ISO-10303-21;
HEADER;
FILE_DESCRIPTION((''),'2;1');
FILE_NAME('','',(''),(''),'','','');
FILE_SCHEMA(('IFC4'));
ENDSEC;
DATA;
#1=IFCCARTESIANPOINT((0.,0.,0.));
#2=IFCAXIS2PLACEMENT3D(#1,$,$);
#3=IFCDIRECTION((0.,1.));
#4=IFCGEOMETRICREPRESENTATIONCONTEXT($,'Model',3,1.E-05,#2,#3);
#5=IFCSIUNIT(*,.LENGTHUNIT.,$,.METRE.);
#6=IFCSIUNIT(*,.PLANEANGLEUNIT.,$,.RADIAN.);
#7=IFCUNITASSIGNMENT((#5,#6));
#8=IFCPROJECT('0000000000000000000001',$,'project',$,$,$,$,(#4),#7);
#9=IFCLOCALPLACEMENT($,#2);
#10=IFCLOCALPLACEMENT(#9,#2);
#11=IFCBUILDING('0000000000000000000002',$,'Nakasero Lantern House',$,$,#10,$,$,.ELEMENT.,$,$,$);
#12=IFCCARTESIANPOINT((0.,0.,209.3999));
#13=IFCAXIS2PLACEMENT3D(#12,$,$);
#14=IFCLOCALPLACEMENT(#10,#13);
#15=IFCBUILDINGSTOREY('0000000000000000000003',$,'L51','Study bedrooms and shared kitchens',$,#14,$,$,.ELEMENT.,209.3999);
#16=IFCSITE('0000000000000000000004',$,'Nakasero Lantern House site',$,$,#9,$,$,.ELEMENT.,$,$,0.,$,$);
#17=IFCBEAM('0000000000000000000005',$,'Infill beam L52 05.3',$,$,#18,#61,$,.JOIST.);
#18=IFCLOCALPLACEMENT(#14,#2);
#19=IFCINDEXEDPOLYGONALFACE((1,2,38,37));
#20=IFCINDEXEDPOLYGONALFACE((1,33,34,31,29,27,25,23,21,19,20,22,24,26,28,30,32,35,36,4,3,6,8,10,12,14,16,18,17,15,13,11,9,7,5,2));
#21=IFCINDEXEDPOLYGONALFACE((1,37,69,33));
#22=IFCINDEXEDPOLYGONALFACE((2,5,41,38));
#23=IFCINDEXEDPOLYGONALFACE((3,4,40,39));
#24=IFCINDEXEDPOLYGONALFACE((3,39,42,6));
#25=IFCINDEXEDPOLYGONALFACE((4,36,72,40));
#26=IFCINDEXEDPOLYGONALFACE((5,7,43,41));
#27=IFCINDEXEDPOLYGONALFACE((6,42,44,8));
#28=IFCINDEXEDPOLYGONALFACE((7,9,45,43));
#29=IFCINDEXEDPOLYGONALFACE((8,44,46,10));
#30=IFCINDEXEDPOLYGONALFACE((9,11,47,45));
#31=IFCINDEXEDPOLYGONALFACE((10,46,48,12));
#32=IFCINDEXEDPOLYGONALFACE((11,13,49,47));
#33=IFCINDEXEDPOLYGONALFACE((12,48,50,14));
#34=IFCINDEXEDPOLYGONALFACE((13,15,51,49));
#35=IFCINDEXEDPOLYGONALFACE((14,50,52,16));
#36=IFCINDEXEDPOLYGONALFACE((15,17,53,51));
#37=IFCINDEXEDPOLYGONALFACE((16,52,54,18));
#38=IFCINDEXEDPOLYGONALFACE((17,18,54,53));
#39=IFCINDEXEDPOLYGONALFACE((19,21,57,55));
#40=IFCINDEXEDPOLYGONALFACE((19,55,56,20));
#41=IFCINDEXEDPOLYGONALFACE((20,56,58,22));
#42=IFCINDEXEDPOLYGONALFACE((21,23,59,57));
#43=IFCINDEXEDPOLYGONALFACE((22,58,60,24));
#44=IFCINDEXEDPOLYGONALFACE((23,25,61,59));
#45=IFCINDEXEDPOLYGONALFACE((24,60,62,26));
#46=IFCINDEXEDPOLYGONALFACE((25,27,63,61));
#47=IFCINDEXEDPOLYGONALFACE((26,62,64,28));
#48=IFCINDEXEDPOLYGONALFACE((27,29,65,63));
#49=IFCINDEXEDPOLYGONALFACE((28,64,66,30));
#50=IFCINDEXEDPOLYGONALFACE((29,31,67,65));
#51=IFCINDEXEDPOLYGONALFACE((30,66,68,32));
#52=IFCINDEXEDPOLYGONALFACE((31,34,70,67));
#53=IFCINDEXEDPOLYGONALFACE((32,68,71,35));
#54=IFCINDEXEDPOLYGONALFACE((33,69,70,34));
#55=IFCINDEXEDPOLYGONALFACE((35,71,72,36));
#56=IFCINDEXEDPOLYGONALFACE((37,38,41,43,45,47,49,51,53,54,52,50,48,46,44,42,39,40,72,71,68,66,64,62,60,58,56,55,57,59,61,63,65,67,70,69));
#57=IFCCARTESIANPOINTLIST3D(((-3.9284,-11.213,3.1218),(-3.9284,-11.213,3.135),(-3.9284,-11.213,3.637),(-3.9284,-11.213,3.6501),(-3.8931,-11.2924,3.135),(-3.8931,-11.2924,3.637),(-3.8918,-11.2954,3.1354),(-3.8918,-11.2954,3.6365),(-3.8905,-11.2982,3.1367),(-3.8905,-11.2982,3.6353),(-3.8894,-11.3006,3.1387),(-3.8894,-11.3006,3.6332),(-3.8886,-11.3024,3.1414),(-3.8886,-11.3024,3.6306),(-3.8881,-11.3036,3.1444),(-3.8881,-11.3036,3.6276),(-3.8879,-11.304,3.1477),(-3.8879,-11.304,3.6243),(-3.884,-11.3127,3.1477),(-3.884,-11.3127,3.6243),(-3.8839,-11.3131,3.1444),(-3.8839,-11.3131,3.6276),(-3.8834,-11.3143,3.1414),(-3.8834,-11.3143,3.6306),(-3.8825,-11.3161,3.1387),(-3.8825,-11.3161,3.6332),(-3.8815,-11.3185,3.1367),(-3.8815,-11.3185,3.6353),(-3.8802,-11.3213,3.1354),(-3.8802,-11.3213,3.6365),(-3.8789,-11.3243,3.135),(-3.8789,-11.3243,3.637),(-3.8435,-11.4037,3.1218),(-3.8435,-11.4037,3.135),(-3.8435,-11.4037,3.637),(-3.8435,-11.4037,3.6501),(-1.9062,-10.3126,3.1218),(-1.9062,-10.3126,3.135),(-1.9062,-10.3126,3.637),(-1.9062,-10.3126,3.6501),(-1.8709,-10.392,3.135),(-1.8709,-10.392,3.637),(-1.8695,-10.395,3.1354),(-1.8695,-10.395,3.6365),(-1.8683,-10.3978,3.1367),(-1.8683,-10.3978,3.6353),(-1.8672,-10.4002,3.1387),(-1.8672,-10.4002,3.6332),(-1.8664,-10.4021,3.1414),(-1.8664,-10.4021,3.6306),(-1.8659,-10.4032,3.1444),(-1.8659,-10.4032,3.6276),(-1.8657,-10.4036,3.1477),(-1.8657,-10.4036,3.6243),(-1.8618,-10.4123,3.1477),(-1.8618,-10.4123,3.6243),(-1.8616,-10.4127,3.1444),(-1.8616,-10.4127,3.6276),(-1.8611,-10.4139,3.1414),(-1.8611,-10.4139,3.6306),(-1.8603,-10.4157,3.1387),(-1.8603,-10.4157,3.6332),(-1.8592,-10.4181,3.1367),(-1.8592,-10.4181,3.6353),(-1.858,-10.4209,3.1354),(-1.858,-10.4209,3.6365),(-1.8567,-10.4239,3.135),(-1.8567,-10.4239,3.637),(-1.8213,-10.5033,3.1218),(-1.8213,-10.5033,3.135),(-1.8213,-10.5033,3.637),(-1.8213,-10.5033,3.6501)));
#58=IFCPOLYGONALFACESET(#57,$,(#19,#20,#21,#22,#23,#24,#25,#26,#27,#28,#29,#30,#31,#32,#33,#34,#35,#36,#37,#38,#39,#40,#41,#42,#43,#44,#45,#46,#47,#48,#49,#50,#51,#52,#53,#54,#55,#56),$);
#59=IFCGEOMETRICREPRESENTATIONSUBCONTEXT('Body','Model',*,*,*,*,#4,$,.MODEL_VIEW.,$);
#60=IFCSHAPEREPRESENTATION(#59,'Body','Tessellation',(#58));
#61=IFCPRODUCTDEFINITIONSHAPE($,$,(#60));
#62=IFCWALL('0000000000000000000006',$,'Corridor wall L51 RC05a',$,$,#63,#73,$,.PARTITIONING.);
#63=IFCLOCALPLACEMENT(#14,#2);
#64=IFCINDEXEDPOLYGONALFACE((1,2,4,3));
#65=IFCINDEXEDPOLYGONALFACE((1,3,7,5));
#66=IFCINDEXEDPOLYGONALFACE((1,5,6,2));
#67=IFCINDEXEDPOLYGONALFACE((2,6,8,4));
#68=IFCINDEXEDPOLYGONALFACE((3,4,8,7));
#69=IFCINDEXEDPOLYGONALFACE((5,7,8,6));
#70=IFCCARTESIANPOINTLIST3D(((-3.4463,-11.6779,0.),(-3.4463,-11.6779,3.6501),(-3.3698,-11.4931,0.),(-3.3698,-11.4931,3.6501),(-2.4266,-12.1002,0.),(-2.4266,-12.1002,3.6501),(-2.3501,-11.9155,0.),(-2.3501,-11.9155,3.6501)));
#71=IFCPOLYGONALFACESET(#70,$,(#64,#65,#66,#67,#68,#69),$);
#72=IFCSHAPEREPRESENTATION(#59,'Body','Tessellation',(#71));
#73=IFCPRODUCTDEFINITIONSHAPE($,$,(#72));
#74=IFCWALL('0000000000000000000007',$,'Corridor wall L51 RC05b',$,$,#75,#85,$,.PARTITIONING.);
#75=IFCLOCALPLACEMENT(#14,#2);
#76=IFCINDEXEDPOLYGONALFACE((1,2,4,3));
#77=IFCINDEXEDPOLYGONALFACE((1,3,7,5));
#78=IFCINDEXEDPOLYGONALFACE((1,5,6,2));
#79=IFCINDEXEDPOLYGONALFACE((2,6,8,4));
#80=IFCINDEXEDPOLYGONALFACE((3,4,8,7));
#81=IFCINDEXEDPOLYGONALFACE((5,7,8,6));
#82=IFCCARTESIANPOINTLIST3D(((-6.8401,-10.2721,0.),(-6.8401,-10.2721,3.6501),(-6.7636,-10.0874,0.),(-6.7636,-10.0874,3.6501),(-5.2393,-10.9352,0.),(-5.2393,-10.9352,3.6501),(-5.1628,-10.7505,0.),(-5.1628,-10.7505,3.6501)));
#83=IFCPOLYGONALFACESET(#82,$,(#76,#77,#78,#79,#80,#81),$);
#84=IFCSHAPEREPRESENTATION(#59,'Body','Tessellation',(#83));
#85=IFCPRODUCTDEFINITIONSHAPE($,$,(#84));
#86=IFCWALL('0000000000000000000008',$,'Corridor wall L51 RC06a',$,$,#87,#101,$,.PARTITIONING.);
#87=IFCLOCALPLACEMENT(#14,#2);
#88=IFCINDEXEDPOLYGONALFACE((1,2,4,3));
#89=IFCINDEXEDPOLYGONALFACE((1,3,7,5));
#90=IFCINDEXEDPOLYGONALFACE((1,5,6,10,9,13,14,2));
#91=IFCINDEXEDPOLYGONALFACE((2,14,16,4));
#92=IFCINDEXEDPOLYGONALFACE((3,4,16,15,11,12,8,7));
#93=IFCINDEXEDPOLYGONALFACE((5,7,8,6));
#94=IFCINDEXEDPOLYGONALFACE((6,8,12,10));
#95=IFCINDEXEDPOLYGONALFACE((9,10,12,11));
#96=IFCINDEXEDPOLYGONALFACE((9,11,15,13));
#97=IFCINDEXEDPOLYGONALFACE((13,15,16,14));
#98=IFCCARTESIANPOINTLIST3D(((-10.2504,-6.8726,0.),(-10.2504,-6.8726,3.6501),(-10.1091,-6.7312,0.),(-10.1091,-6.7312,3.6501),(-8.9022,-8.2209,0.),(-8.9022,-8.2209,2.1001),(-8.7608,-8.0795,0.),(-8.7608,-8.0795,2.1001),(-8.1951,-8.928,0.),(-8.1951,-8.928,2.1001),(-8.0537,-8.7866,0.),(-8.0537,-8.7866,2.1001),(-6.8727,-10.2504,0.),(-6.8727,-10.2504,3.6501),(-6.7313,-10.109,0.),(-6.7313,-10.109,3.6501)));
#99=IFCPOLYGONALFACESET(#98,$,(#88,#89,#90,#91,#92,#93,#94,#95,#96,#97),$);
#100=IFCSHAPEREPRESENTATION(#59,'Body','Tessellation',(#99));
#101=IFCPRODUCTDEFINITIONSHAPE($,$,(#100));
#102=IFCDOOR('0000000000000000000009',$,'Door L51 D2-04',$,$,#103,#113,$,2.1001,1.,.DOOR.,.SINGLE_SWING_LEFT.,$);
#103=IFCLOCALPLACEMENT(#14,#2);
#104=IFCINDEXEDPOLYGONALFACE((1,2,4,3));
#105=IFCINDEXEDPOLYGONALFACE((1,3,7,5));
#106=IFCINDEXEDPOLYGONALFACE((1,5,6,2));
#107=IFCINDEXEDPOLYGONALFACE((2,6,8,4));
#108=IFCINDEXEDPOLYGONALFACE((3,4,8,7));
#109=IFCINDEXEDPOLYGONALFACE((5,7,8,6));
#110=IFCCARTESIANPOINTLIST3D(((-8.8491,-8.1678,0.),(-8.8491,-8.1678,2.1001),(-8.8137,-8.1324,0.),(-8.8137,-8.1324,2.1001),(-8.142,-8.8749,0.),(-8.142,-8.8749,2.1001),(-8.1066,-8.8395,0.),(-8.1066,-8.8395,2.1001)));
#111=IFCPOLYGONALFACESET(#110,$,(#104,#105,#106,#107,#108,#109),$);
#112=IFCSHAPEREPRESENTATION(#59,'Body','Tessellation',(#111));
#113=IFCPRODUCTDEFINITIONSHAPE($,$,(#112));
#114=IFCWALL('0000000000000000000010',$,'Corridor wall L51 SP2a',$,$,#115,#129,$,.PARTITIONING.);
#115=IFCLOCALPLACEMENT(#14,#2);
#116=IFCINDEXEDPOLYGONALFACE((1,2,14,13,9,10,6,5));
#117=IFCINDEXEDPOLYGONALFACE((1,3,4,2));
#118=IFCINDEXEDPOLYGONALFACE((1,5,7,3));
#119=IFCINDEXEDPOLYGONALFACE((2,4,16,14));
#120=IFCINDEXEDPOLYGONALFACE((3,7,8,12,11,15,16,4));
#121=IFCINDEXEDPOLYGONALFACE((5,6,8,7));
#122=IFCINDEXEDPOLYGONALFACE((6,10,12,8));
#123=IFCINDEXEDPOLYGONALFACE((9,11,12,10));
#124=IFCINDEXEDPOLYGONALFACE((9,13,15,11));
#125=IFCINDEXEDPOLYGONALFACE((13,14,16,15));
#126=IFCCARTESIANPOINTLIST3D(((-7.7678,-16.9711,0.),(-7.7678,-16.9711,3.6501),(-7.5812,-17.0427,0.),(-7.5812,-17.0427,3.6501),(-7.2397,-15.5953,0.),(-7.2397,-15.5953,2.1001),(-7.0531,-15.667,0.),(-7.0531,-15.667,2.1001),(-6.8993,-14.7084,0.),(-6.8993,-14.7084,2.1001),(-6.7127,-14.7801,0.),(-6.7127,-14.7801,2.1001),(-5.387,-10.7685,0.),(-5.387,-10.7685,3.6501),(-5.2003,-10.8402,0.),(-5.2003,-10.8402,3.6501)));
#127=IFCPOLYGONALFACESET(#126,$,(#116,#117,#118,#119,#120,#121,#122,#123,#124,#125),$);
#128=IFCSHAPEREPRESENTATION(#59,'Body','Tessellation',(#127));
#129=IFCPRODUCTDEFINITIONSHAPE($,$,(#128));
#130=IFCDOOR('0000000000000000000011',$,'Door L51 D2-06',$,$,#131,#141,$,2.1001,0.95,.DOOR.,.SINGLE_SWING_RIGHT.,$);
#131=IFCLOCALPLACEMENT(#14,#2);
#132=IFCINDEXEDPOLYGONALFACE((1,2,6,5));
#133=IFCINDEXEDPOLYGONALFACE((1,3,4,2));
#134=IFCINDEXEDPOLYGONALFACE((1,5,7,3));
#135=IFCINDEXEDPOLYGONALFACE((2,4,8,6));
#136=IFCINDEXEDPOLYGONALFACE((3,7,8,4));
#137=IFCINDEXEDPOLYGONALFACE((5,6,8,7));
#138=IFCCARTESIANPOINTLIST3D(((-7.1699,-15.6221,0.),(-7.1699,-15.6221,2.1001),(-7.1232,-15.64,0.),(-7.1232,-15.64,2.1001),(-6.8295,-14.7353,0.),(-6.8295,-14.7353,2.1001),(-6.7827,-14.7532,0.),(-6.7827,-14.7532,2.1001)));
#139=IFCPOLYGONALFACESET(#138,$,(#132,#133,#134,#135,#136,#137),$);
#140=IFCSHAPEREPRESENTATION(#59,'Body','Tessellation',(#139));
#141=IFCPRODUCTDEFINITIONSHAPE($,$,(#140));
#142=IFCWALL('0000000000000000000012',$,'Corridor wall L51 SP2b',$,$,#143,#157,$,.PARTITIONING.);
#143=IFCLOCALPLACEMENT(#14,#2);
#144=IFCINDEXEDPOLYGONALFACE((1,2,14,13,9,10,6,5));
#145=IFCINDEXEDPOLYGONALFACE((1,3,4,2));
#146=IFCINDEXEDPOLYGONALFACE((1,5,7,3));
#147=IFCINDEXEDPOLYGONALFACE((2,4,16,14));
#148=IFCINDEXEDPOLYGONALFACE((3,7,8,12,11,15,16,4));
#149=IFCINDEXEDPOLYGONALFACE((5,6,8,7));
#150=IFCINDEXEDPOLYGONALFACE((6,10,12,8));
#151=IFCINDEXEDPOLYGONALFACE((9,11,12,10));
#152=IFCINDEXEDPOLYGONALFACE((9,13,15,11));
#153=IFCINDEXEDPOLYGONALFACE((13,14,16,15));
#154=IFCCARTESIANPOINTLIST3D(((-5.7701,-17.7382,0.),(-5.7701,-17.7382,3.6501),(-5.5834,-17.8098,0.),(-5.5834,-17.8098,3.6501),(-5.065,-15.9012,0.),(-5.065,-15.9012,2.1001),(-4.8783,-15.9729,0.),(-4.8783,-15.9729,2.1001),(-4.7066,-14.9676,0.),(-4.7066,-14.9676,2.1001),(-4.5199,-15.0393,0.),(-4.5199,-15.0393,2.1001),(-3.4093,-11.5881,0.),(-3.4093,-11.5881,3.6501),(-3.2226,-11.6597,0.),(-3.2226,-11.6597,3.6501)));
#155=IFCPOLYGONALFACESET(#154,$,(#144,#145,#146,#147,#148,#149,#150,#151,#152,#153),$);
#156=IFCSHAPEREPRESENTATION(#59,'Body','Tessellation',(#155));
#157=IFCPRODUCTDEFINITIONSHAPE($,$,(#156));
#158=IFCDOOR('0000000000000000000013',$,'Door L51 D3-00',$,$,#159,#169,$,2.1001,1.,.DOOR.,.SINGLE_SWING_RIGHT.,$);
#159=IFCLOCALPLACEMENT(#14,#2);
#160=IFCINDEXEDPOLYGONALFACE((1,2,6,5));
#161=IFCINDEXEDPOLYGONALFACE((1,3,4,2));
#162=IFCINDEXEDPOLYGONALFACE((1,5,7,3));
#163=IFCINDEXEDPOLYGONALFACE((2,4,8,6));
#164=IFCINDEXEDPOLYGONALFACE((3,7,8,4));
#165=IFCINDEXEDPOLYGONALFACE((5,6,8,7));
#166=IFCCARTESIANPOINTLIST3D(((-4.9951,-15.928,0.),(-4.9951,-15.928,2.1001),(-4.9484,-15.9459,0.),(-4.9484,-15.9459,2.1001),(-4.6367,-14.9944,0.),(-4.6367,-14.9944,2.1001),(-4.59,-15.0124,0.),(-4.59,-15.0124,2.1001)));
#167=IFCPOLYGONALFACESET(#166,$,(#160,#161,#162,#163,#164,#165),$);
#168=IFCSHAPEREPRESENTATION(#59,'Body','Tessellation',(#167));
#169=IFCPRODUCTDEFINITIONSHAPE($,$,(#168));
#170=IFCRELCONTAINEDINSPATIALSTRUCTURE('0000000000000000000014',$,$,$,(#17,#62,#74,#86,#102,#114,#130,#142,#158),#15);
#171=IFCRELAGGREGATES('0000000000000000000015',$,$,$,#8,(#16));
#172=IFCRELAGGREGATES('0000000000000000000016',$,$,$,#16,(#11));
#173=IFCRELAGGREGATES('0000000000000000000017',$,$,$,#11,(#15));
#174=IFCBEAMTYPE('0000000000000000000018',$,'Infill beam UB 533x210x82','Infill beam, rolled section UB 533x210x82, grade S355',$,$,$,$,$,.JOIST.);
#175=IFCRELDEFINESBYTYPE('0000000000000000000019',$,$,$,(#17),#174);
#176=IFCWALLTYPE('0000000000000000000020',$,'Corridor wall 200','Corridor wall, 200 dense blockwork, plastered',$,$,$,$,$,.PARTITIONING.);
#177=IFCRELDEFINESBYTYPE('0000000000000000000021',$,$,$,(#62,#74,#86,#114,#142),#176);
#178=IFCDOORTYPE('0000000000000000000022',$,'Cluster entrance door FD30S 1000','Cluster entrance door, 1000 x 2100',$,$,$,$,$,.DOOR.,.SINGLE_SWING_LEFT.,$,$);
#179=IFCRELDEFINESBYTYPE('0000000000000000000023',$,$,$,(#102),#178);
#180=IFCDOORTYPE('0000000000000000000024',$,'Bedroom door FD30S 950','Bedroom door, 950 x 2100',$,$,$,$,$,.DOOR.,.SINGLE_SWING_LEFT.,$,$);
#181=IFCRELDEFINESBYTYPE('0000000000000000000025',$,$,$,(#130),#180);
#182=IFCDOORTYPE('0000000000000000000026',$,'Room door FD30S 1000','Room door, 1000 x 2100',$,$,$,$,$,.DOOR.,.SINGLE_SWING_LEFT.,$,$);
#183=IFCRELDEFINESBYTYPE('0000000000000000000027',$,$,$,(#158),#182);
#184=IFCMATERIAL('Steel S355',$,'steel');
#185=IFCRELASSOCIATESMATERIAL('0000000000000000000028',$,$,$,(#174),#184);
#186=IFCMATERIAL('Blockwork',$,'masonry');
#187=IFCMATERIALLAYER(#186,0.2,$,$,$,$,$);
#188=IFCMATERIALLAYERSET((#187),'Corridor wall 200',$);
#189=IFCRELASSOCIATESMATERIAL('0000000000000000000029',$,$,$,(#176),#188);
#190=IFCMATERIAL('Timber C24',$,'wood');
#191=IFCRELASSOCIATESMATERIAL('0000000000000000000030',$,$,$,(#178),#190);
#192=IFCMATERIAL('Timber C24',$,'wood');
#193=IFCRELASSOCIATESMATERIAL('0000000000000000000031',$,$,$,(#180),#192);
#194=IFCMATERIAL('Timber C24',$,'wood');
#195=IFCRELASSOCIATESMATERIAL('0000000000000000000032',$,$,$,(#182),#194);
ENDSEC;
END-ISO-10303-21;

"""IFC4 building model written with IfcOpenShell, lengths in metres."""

from ifc_helpers import new_model, si_unit, direction, frame, frame_2d, origin, origin_2d, place, context, subcontext, project, spatial, rectangle, i_section, extrude, material, layer, layer_set, material_profile, profile_set, type_object, element, fill, save


model = new_model("IFC4")

# Units and contexts
model_context = context("Model", 3, precision=1e-05, world=origin(), true_north=direction((0.0, 1.0)))
body_context = subcontext(model_context, "Body", "Model", "MODEL_VIEW")
ifc_project = project(units=[si_unit("LENGTHUNIT", "METRE"), si_unit("PLANEANGLEUNIT", "RADIAN")], contexts=[model_context])

# Site, building, storey
site_placement = place(None, origin())
site = spatial("IfcSite", under=ifc_project, at=site_placement, Name="Nakasero Lantern House site", CompositionType="ELEMENT", RefElevation=0.0)
building_placement = place(site_placement, origin())
building = spatial("IfcBuilding", under=site, at=building_placement, Name="Nakasero Lantern House", CompositionType="ELEMENT")
storey_placement = place(building_placement, frame((0.0, 0.0, 209.3999)))
storey = spatial("IfcBuildingStorey", under=building, at=storey_placement, Name="L51", Description="Study bedrooms and shared kitchens", CompositionType="ELEMENT", Elevation=209.3999)

# Beam
ifc_material_1 = material(Name="Steel S355", Category="steel")
ifc_material_profile = material_profile(ifc_material_1, i_section(OverallWidth=0.2087, OverallDepth=0.5283, WebThickness=0.0095, FlangeThickness=0.0132, FilletRadius=0.0127, at=origin_2d()), Name="UB 533x210x82")
ifc_profile_set = profile_set([ifc_material_profile], Name="Steel S355")
beam_type = type_object("IfcBeamType", Name="Infill beam UB 533x210x82", Description="Infill beam, rolled section UB 533x210x82, grade S355", PredefinedType="JOIST", material=ifc_profile_set)
beam_placement = place(storey_placement, frame((-3.886, -11.3083, 3.386), z_axis=(0.913538, 0.406752, 0.0), x_axis=(-0.406752, 0.913538, 0.0)))
element("IfcBeam", 1, at=beam_placement, inside=storey, type_object=beam_type, Name="Infill beam L52 05.3", PredefinedType="JOIST", context=body_context, shape_type="SweptSolid", body=[
    extrude(i_section(OverallWidth=0.2087, OverallDepth=0.5283, WebThickness=0.0095, FlangeThickness=0.0132, FilletRadius=0.0127, at=origin_2d()), origin(), (0.0, 0.0, 1.0), 2.2136),
])

# Walls
ifc_material_2 = material(Name="Blockwork", Category="masonry")
ifc_layer_1 = layer(ifc_material_2, 0.2)
ifc_layer_set_1 = layer_set([ifc_layer_1], Name="Corridor wall 200")
wall_type_1 = type_object("IfcWallType", Name="Corridor wall 200", Description="Corridor wall, 200 dense blockwork, plastered", PredefinedType="PARTITIONING", material=ifc_layer_set_1)
wall_1_placement = place(storey_placement, frame((-2.3884, -12.0078, 0.0), z_axis=(0.0, 0.0, 1.0), x_axis=(-0.923893, 0.382651, 0.0)))
element("IfcWall", 2, at=wall_1_placement, inside=storey, type_object=wall_type_1, Name="Corridor wall L51 RC05a", PredefinedType="PARTITIONING", context=body_context, shape_type="SweptSolid", body=[
    extrude(rectangle(XDim=1.1038, YDim=0.2, at=frame_2d((0.5518, 0.0))), origin(), (0.0, 0.0, 1.0), 3.6501),
])
wall_2_placement = place(storey_placement, frame((-5.2012, -10.8428, 0.0), z_axis=(0.0, 0.0, 1.0), x_axis=(-0.923879, 0.382684, 0.0)))
element("IfcWall", 3, at=wall_2_placement, inside=storey, type_object=wall_type_1, Name="Corridor wall L51 RC05b", PredefinedType="PARTITIONING", context=body_context, shape_type="SweptSolid", body=[
    extrude(rectangle(XDim=1.7327, YDim=0.2, at=frame_2d((0.8662, 0.0))), origin(), (0.0, 0.0, 1.0), 3.6501),
])

# Walls, openings, doors
wall_3_placement = place(storey_placement, frame((-6.802, -10.1797, 0.0), z_axis=(0.0, 0.0, 1.0), x_axis=(-0.707107, 0.707107, 0.0)))
wall_3 = element("IfcWall", 4, at=wall_3_placement, inside=storey, type_object=wall_type_1, Name="Corridor wall L51 RC06a", PredefinedType="PARTITIONING", context=body_context, shape_type="SweptSolid", body=[
    extrude(rectangle(XDim=4.7769, YDim=0.2, at=frame_2d((2.3884, 0.0))), origin(), (0.0, 0.0, 1.0), 3.6501),
])
opening_1_placement = place(wall_3_placement, frame((1.8701, 0.0, 0.0)))
opening_1 = element("IfcOpeningElement", 5, at=opening_1_placement, cuts=wall_3, PredefinedType="OPENING", context=body_context, shape_type="SweptSolid", body=[
    extrude(rectangle(XDim=1.0, YDim=2.1001, at=frame_2d((0.5, 1.05))), frame((0.0, 0.1199, 0.0), z_axis=(0.0, -1.0, 0.0), x_axis=(1.0, 0.0, 0.0)), (0.0, 0.0, 1.0), 0.24),
])
ifc_material_3 = material(Name="Timber C24", Category="wood")
door_type_1 = type_object("IfcDoorType", Name="Cluster entrance door FD30S 1000", Description="Cluster entrance door, 1000 x 2100", OperationType="SINGLE_SWING_LEFT", PredefinedType="DOOR", material=ifc_material_3)
door_1_placement = place(opening_1_placement, origin())
door_1 = element("IfcDoor", 6, at=door_1_placement, inside=storey, type_object=door_type_1, Name="Door L51 D2-04", OperationType="SINGLE_SWING_LEFT", OverallHeight=2.1001, OverallWidth=1.0, PredefinedType="DOOR", context=body_context, shape_type="SweptSolid", body=[
    extrude(rectangle(XDim=1.0, YDim=2.1001, at=frame_2d((0.5, 1.05))), frame((0.0, 0.0249, 0.0), z_axis=(0.0, -1.0, 0.0), x_axis=(1.0, 0.0, 0.0)), (0.0, 0.0, 1.0), 0.05),
])
fill(opening_1, door_1)
wall_4_placement = place(storey_placement, frame((-5.2937, -10.8044, 0.0), z_axis=(0.0, 0.0, 1.0), x_axis=(-0.358354, -0.933586, 0.0)))
wall_4 = element("IfcWall", 7, at=wall_4_placement, inside=storey, type_object=wall_type_1, Name="Corridor wall L51 SP2a", PredefinedType="PARTITIONING", context=body_context, shape_type="SweptSolid", body=[
    extrude(rectangle(XDim=6.6438, YDim=0.2, at=frame_2d((3.3218, 0.0))), origin(), (0.0, 0.0, 1.0), 3.6501),
])
opening_2_placement = place(wall_4_placement, frame((4.22, 0.0, 0.0)))
opening_2 = element("IfcOpeningElement", 8, at=opening_2_placement, cuts=wall_4, PredefinedType="OPENING", context=body_context, shape_type="SweptSolid", body=[
    extrude(rectangle(XDim=0.95, YDim=2.1001, at=frame_2d((0.4751, 1.05))), frame((0.0, 0.1199, 0.0), z_axis=(0.0, -1.0, 0.0), x_axis=(1.0, 0.0, 0.0)), (0.0, 0.0, 1.0), 0.24),
])
ifc_material_4 = material(Name="Timber C24", Category="wood")
door_type_2 = type_object("IfcDoorType", Name="Bedroom door FD30S 950", Description="Bedroom door, 950 x 2100", OperationType="SINGLE_SWING_LEFT", PredefinedType="DOOR", material=ifc_material_4)
door_2_placement = place(opening_2_placement, origin())
door_2 = element("IfcDoor", 9, at=door_2_placement, inside=storey, type_object=door_type_2, Name="Door L51 D2-06", OperationType="SINGLE_SWING_RIGHT", OverallHeight=2.1001, OverallWidth=0.95, PredefinedType="DOOR", context=body_context, shape_type="SweptSolid", body=[
    extrude(rectangle(XDim=0.95, YDim=2.1001, at=frame_2d((0.4751, 1.05))), frame((0.0, 0.0249, 0.0), z_axis=(0.0, -1.0, 0.0), x_axis=(1.0, 0.0, 0.0)), (0.0, 0.0, 1.0), 0.05),
])
fill(opening_2, door_2)
wall_5_placement = place(storey_placement, frame((-3.3159, -11.6238, 0.0), z_axis=(0.0, 0.0, 1.0), x_axis=(-0.358371, -0.933579, 0.0)))
wall_5 = element("IfcWall", 10, at=wall_5_placement, inside=storey, type_object=wall_type_1, Name="Corridor wall L51 SP2b", PredefinedType="PARTITIONING", context=body_context, shape_type="SweptSolid", body=[
    extrude(rectangle(XDim=6.5876, YDim=0.2, at=frame_2d((3.2939, 0.0))), origin(), (0.0, 0.0, 1.0), 3.6501),
])
opening_3_placement = place(wall_5_placement, frame((3.6201, 0.0, 0.0)))
opening_3 = element("IfcOpeningElement", 11, at=opening_3_placement, cuts=wall_5, PredefinedType="OPENING", context=body_context, shape_type="SweptSolid", body=[
    extrude(rectangle(XDim=1.0, YDim=2.1001, at=frame_2d((0.5, 1.05))), frame((0.0, 0.1199, 0.0), z_axis=(0.0, -1.0, 0.0), x_axis=(1.0, 0.0, 0.0)), (0.0, 0.0, 1.0), 0.24),
])
ifc_material_5 = material(Name="Timber C24", Category="wood")
door_type_3 = type_object("IfcDoorType", Name="Room door FD30S 1000", Description="Room door, 1000 x 2100", OperationType="SINGLE_SWING_LEFT", PredefinedType="DOOR", material=ifc_material_5)
door_3_placement = place(opening_3_placement, origin())
door_3 = element("IfcDoor", 12, at=door_3_placement, inside=storey, type_object=door_type_3, Name="Door L51 D3-00", OperationType="SINGLE_SWING_RIGHT", OverallHeight=2.1001, OverallWidth=1.0, PredefinedType="DOOR", context=body_context, shape_type="SweptSolid", body=[
    extrude(rectangle(XDim=1.0, YDim=2.1001, at=frame_2d((0.5, 1.05))), frame((0.0, 0.0249, 0.0), z_axis=(0.0, -1.0, 0.0), x_axis=(1.0, 0.0, 0.0)), (0.0, 0.0, 1.0), 0.05),
])
fill(opening_3, door_3)

save(model, "model.ifc")
